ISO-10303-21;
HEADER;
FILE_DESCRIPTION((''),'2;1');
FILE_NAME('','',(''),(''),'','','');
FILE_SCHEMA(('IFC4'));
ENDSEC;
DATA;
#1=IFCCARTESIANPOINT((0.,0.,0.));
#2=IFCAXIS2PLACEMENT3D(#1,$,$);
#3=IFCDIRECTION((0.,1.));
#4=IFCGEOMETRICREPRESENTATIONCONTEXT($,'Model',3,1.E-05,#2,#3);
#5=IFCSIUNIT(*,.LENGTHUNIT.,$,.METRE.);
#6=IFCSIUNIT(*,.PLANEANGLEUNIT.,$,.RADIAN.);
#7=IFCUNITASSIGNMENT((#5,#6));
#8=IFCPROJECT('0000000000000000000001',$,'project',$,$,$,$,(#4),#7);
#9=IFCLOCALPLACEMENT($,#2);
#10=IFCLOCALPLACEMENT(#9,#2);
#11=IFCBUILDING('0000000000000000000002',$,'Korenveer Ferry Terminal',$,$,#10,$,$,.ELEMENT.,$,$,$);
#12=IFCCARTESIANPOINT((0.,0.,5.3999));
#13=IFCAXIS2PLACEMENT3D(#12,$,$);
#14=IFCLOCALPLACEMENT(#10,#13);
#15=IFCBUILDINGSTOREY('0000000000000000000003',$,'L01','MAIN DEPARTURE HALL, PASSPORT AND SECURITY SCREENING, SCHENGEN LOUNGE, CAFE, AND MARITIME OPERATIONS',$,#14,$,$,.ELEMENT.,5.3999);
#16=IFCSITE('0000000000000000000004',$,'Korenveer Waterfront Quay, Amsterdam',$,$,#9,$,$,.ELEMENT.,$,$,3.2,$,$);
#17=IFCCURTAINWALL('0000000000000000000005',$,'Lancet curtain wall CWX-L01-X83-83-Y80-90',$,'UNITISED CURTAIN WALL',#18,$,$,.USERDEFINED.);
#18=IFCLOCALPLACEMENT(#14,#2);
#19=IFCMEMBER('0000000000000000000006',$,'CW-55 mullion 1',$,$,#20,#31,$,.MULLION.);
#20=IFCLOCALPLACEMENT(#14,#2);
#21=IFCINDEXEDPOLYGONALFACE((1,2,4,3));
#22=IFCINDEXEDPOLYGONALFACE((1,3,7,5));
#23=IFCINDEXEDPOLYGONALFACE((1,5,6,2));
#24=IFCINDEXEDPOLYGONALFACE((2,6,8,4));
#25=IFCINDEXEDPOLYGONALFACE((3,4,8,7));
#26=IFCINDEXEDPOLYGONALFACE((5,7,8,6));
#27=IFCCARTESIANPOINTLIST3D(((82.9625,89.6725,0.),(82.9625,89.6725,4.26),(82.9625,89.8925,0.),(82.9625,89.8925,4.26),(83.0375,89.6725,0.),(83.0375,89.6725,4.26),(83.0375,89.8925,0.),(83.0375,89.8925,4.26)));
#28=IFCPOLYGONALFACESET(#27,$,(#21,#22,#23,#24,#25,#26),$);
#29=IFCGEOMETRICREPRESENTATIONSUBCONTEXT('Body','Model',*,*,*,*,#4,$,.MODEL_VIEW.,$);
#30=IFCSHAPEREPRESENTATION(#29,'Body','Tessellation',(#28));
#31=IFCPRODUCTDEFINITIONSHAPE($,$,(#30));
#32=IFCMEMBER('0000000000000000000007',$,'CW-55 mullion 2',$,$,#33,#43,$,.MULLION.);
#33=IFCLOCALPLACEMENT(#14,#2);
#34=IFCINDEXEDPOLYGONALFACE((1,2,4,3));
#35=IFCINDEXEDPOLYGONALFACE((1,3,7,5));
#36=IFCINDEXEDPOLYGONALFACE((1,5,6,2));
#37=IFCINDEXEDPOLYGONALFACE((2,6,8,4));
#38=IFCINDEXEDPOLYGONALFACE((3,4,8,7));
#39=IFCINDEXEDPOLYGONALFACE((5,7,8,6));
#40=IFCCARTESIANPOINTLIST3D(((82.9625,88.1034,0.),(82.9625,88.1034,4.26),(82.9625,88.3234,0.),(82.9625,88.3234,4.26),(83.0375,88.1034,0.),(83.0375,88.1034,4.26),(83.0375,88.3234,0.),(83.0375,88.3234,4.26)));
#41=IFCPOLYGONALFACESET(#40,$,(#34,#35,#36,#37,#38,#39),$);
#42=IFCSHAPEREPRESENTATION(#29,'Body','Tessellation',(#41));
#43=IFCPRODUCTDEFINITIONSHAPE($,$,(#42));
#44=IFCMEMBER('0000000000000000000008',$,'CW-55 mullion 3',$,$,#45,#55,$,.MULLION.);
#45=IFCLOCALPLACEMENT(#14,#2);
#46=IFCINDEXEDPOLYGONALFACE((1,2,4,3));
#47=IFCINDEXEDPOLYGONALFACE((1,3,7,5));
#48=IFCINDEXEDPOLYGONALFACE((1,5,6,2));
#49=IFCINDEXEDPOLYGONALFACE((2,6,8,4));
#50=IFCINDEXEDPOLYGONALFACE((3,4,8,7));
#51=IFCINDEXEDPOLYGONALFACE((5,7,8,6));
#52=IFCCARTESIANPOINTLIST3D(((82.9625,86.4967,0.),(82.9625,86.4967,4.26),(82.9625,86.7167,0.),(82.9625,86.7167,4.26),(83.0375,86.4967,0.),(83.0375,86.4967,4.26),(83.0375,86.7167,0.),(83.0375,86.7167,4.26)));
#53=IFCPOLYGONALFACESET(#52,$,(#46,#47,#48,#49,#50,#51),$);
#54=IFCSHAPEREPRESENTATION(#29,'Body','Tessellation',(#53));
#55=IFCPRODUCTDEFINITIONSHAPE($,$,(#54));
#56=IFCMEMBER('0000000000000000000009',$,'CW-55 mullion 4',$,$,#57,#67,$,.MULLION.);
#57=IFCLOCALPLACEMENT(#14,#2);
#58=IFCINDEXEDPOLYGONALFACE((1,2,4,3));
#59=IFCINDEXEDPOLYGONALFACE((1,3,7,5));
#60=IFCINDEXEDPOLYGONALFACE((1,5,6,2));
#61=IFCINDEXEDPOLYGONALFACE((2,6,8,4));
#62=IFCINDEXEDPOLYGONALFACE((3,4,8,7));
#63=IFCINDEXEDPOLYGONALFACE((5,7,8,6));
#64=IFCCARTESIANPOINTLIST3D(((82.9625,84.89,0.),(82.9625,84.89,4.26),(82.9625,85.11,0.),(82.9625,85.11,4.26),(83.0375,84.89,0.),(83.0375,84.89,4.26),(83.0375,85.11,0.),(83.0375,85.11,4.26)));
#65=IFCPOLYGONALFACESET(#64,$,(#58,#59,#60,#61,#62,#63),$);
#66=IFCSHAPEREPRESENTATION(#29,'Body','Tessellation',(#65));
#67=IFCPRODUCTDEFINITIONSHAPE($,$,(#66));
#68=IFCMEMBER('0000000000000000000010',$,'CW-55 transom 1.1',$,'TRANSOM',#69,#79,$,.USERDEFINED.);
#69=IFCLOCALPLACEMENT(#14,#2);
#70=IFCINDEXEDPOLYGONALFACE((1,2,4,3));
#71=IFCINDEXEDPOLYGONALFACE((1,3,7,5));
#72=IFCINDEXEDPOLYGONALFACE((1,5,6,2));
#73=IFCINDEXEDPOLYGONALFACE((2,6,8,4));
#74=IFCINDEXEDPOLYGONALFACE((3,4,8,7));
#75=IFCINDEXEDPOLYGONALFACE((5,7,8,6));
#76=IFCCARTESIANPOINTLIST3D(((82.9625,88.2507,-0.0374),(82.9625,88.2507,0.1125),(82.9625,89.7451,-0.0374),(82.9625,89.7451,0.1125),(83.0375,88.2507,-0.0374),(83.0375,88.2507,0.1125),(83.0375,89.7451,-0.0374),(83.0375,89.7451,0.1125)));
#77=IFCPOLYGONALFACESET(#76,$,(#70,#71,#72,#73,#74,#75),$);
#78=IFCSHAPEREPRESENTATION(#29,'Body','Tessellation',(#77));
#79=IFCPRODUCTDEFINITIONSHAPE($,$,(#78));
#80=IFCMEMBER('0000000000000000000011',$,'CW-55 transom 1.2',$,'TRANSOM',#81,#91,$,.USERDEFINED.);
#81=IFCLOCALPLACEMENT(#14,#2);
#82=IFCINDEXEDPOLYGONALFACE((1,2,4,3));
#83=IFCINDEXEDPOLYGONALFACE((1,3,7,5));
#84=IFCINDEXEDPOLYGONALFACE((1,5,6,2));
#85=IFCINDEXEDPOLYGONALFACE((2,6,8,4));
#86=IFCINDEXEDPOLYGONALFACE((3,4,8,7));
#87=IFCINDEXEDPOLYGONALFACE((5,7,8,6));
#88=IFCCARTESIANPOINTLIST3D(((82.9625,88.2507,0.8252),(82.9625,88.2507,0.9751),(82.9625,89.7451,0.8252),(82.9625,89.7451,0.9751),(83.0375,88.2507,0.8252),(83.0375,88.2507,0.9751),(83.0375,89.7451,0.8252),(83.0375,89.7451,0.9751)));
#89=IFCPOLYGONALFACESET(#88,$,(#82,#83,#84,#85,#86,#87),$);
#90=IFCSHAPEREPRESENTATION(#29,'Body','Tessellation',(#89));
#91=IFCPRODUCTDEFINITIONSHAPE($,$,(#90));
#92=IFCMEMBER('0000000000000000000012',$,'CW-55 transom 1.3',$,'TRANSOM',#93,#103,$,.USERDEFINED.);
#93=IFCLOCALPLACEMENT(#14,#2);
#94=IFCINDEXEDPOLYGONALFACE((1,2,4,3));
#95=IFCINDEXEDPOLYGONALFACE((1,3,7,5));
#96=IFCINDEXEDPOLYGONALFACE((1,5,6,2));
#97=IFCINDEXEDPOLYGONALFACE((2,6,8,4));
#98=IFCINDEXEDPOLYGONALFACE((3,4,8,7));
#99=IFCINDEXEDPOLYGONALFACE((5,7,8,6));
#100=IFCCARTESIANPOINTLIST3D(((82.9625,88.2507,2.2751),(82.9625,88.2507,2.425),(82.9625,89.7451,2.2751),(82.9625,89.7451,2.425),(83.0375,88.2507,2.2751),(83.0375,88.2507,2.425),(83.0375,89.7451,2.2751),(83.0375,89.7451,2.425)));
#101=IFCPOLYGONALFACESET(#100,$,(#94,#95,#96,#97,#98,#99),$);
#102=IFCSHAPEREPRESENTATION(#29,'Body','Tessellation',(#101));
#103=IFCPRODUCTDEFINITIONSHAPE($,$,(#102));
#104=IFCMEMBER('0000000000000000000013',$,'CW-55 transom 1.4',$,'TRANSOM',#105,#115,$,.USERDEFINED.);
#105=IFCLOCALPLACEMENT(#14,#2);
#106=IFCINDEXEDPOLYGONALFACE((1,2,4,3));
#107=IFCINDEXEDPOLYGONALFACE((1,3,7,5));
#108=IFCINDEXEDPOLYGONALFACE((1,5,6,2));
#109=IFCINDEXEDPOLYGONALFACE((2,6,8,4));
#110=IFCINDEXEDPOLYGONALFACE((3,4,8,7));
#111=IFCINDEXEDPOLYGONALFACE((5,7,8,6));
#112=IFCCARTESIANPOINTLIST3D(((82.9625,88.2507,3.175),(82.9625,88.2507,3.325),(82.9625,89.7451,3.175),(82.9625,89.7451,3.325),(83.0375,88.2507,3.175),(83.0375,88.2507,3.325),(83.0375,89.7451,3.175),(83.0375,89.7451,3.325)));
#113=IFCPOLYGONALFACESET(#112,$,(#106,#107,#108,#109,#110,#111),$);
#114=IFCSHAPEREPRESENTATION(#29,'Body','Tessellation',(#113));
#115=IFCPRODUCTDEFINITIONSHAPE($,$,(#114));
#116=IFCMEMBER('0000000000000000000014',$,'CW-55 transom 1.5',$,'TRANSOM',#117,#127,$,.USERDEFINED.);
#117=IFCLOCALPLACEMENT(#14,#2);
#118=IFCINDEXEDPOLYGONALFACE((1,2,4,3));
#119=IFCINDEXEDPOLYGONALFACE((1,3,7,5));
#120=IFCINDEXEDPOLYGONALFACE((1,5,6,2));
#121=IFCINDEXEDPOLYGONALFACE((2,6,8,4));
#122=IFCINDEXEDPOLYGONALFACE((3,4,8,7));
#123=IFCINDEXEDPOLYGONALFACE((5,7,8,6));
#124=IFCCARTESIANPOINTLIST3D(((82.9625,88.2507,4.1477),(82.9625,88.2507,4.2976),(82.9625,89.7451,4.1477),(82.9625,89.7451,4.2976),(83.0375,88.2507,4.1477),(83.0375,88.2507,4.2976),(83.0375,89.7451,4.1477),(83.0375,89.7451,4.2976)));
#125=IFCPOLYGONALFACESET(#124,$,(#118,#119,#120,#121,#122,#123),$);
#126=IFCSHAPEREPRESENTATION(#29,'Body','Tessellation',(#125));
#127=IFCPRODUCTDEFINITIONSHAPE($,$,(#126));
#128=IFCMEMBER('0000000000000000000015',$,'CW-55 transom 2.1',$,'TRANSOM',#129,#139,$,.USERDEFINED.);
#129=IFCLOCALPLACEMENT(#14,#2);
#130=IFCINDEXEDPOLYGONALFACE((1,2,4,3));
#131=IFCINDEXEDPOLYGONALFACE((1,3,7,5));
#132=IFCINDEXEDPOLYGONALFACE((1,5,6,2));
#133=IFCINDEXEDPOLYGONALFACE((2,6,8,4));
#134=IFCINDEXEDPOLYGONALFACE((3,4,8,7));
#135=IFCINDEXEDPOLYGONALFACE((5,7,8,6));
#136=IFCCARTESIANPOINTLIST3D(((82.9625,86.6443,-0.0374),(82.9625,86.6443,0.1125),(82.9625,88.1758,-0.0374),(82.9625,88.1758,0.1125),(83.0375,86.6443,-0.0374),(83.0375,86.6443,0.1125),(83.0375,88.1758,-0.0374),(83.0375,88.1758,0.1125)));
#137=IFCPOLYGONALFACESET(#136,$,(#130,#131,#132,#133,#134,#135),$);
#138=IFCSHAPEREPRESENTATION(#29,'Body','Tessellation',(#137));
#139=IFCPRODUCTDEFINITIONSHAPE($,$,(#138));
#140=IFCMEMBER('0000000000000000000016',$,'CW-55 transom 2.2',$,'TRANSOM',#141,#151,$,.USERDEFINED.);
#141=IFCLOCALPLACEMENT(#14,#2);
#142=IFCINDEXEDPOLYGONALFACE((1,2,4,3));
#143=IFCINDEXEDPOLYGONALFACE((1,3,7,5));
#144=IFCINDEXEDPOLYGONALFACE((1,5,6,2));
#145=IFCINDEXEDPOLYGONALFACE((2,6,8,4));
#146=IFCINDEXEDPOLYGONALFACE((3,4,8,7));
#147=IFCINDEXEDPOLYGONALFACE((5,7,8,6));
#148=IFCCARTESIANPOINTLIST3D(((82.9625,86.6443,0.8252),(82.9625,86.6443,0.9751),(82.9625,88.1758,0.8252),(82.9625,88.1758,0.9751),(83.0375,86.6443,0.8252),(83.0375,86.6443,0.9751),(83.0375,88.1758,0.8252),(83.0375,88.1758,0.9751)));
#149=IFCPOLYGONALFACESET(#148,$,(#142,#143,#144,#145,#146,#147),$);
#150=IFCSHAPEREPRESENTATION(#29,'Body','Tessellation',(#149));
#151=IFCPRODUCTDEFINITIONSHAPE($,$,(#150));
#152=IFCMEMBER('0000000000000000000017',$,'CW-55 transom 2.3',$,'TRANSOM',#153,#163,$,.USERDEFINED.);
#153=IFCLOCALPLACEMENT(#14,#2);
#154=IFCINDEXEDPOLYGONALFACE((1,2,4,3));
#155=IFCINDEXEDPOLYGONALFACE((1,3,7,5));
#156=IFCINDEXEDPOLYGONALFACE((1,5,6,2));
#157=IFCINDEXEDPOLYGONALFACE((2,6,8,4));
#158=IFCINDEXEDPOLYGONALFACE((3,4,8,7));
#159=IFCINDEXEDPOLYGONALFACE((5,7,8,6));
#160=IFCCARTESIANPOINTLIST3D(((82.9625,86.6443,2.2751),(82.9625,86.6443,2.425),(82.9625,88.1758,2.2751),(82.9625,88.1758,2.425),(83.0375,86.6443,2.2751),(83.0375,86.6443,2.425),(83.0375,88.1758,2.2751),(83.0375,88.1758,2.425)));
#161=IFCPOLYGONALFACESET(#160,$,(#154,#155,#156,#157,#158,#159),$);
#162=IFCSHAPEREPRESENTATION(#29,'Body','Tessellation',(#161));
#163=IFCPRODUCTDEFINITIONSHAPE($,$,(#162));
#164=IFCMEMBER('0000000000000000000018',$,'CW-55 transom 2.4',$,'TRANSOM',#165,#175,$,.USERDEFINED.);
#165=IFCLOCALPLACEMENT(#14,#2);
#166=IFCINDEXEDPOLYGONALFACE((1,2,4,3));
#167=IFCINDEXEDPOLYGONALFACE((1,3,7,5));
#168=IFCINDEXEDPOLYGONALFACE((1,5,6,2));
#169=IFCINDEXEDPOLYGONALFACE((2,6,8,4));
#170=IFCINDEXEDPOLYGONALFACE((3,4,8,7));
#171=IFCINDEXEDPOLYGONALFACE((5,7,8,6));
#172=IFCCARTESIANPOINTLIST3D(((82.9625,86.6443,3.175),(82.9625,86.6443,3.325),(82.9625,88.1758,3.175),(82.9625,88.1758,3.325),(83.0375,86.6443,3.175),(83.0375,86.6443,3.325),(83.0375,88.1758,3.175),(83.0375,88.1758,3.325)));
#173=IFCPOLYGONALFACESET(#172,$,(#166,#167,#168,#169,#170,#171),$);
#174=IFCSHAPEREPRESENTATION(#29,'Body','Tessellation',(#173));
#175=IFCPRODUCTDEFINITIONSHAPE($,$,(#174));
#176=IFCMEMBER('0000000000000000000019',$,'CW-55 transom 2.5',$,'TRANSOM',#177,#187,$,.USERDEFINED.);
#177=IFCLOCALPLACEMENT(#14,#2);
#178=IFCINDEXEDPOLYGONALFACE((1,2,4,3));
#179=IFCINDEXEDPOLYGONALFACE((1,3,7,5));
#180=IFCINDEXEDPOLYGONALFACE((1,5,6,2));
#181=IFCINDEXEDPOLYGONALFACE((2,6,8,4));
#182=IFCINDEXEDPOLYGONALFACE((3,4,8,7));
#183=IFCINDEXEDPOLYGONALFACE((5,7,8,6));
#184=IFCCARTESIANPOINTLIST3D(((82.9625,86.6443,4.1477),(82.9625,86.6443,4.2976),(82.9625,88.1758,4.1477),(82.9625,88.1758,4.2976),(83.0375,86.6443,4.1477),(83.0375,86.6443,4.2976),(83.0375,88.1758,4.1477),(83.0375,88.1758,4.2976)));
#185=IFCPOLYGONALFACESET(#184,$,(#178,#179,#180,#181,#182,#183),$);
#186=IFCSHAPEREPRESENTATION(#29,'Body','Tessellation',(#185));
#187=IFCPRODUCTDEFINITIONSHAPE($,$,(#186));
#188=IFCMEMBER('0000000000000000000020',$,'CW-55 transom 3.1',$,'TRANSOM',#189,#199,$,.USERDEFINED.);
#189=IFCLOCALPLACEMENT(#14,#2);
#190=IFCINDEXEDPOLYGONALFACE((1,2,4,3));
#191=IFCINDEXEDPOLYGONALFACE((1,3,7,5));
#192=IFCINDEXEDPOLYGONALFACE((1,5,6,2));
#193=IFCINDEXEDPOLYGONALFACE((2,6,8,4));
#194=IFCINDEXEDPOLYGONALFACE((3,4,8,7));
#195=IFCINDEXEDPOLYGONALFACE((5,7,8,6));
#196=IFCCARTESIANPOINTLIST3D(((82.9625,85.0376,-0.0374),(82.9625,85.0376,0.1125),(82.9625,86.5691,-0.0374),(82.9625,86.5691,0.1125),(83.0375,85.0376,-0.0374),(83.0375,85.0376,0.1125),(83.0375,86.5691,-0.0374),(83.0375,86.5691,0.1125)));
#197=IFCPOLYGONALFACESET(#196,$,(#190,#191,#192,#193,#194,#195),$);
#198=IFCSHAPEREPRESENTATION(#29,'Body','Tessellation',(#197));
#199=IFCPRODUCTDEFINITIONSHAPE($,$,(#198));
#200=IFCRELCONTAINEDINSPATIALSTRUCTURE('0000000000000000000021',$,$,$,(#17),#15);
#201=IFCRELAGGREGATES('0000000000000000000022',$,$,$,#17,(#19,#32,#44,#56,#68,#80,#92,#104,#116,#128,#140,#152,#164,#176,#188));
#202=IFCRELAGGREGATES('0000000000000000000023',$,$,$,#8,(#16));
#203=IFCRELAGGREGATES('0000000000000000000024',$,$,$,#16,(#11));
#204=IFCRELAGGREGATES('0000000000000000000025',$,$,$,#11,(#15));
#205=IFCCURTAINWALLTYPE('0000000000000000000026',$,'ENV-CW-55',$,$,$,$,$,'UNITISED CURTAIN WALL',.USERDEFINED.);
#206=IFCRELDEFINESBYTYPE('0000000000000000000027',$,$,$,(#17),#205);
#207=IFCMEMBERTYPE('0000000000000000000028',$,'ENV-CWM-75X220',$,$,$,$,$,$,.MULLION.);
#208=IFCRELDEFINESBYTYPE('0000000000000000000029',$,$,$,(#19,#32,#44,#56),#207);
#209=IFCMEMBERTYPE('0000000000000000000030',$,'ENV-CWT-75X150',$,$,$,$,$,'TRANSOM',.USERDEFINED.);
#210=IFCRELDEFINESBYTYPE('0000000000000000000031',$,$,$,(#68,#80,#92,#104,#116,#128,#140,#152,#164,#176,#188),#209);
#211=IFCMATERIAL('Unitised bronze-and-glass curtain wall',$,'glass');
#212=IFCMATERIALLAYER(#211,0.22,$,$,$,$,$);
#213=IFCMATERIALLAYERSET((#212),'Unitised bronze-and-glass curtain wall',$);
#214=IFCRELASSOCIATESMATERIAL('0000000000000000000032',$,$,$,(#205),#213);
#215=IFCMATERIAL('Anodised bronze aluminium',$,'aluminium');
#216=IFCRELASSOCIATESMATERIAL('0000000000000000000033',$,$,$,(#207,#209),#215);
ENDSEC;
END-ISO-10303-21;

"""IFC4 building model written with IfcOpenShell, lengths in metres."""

from ifc_helpers import new_model, si_unit, direction, frame, origin, origin_2d, place, context, subcontext, project, spatial, rectangle, extrude, material, layer, layer_set, material_profile, profile_set, type_object, element, aggregate, save


model = new_model("IFC4")

# Units and contexts
model_context = context("Model", 3, precision=1e-05, world=origin(), true_north=direction((0.0, 1.0)))
body_context = subcontext(model_context, "Body", "Model", "MODEL_VIEW")
ifc_project = project(units=[si_unit("LENGTHUNIT", "METRE"), si_unit("PLANEANGLEUNIT", "RADIAN")], contexts=[model_context])

# Site, building, storey
site_placement = place(None, origin())
site = spatial("IfcSite", under=ifc_project, at=site_placement, Name="Korenveer Waterfront Quay, Amsterdam", CompositionType="ELEMENT", RefElevation=3.2)
building_placement = place(site_placement, origin())
building = spatial("IfcBuilding", under=site, at=building_placement, Name="Korenveer Ferry Terminal", CompositionType="ELEMENT")
storey_placement = place(building_placement, frame((0.0, 0.0, 5.3999)))
storey = spatial("IfcBuildingStorey", under=building, at=storey_placement, Name="L01", Description="MAIN DEPARTURE HALL, PASSPORT AND SECURITY SCREENING, SCHENGEN LOUNGE, CAFE, AND MARITIME OPERATIONS", CompositionType="ELEMENT", Elevation=5.3999)

# Curtain wall, members
ifc_material_1 = material(Name="Unitised bronze-and-glass curtain wall", Category="glass")
ifc_layer_1 = layer(ifc_material_1, 0.22)
ifc_layer_set_1 = layer_set([ifc_layer_1], Name="Unitised bronze-and-glass curtain wall")
curtain_wall_type = type_object("IfcCurtainWallType", Name="ENV-CW-55", ElementType="UNITISED CURTAIN WALL", PredefinedType="USERDEFINED", material=ifc_layer_set_1)
curtain_wall_placement = place(storey_placement, frame((83.0, 89.8201, 0.0)))
curtain_wall = element("IfcCurtainWall", 1, at=curtain_wall_placement, inside=storey, type_object=curtain_wall_type, Name="Lancet curtain wall CWX-L01-X83-83-Y80-90", ObjectType="UNITISED CURTAIN WALL", PredefinedType="USERDEFINED")
ifc_material_2 = material(Name="Anodised bronze aluminium", Category="aluminium")
ifc_material_profile_1 = material_profile(ifc_material_2, rectangle(XDim=0.075, YDim=0.22, at=origin_2d()), Name="ALU 75x220")
ifc_profile_set_1 = profile_set([ifc_material_profile_1], Name="Anodised bronze aluminium")
member_type_1 = type_object("IfcMemberType", Name="ENV-CWM-75X220", PredefinedType="MULLION", material=ifc_profile_set_1)
member_1_placement = place(storey_placement, frame((83.0, 89.7825, 0.0), z_axis=(0.0, 0.0, 1.0), x_axis=(1.0, 0.0, 0.0)))
member_1 = element("IfcMember", 2, at=member_1_placement, type_object=member_type_1, Name="CW-55 mullion 1", PredefinedType="MULLION", context=body_context, shape_type="SweptSolid", body=[
    extrude(rectangle(XDim=0.075, YDim=0.22, at=origin_2d()), origin(), (0.0, 0.0, 1.0), 4.26),
])
member_2_placement = place(storey_placement, frame((83.0, 88.2134, 0.0), z_axis=(0.0, 0.0, 1.0), x_axis=(1.0, 0.0, 0.0)))
member_2 = element("IfcMember", 3, at=member_2_placement, type_object=member_type_1, Name="CW-55 mullion 2", PredefinedType="MULLION", context=body_context, shape_type="SweptSolid", body=[
    extrude(rectangle(XDim=0.075, YDim=0.22, at=origin_2d()), origin(), (0.0, 0.0, 1.0), 4.26),
])
member_3_placement = place(storey_placement, frame((83.0, 86.6067, 0.0), z_axis=(0.0, 0.0, 1.0), x_axis=(1.0, 0.0, 0.0)))
member_3 = element("IfcMember", 4, at=member_3_placement, type_object=member_type_1, Name="CW-55 mullion 3", PredefinedType="MULLION", context=body_context, shape_type="SweptSolid", body=[
    extrude(rectangle(XDim=0.075, YDim=0.22, at=origin_2d()), origin(), (0.0, 0.0, 1.0), 4.26),
])
member_4_placement = place(storey_placement, frame((83.0, 85.0, 0.0), z_axis=(0.0, 0.0, 1.0), x_axis=(1.0, 0.0, 0.0)))
member_4 = element("IfcMember", 5, at=member_4_placement, type_object=member_type_1, Name="CW-55 mullion 4", PredefinedType="MULLION", context=body_context, shape_type="SweptSolid", body=[
    extrude(rectangle(XDim=0.075, YDim=0.22, at=origin_2d()), origin(), (0.0, 0.0, 1.0), 4.26),
])
ifc_material_profile_2 = material_profile(ifc_material_2, rectangle(XDim=0.075, YDim=0.1499, at=origin_2d()), Name="ALU 75x150")
ifc_profile_set_2 = profile_set([ifc_material_profile_2], Name="Anodised bronze aluminium")
member_type_2 = type_object("IfcMemberType", Name="ENV-CWT-75X150", ElementType="TRANSOM", PredefinedType="USERDEFINED", material=ifc_profile_set_2)
member_5_placement = place(storey_placement, frame((83.0, 89.7451, 0.0376), z_axis=(0.0, -1.0, 0.0), x_axis=(1.0, 0.0, 0.0)))
member_5 = element("IfcMember", 6, at=member_5_placement, type_object=member_type_2, Name="CW-55 transom 1.1", ObjectType="TRANSOM", PredefinedType="USERDEFINED", context=body_context, shape_type="SweptSolid", body=[
    extrude(rectangle(XDim=0.075, YDim=0.1499, at=origin_2d()), origin(), (0.0, 0.0, 1.0), 1.4944),
])
member_6_placement = place(storey_placement, frame((83.0, 89.7451, 0.9001), z_axis=(0.0, -1.0, 0.0), x_axis=(1.0, 0.0, 0.0)))
member_6 = element("IfcMember", 7, at=member_6_placement, type_object=member_type_2, Name="CW-55 transom 1.2", ObjectType="TRANSOM", PredefinedType="USERDEFINED", context=body_context, shape_type="SweptSolid", body=[
    extrude(rectangle(XDim=0.075, YDim=0.1499, at=origin_2d()), origin(), (0.0, 0.0, 1.0), 1.4944),
])
member_7_placement = place(storey_placement, frame((83.0, 89.7451, 2.3501), z_axis=(0.0, -1.0, 0.0), x_axis=(1.0, 0.0, 0.0)))
member_7 = element("IfcMember", 8, at=member_7_placement, type_object=member_type_2, Name="CW-55 transom 1.3", ObjectType="TRANSOM", PredefinedType="USERDEFINED", context=body_context, shape_type="SweptSolid", body=[
    extrude(rectangle(XDim=0.075, YDim=0.1499, at=origin_2d()), origin(), (0.0, 0.0, 1.0), 1.4944),
])
member_8_placement = place(storey_placement, frame((83.0, 89.7451, 3.25), z_axis=(0.0, -1.0, 0.0), x_axis=(1.0, 0.0, 0.0)))
member_8 = element("IfcMember", 9, at=member_8_placement, type_object=member_type_2, Name="CW-55 transom 1.4", ObjectType="TRANSOM", PredefinedType="USERDEFINED", context=body_context, shape_type="SweptSolid", body=[
    extrude(rectangle(XDim=0.075, YDim=0.1499, at=origin_2d()), origin(), (0.0, 0.0, 1.0), 1.4944),
])
member_9_placement = place(storey_placement, frame((83.0, 89.7451, 4.2227), z_axis=(0.0, -1.0, 0.0), x_axis=(1.0, 0.0, 0.0)))
member_9 = element("IfcMember", 10, at=member_9_placement, type_object=member_type_2, Name="CW-55 transom 1.5", ObjectType="TRANSOM", PredefinedType="USERDEFINED", context=body_context, shape_type="SweptSolid", body=[
    extrude(rectangle(XDim=0.075, YDim=0.1499, at=origin_2d()), origin(), (0.0, 0.0, 1.0), 1.4944),
])
member_10_placement = place(storey_placement, frame((83.0, 88.1758, 0.0376), z_axis=(0.0, -1.0, 0.0), x_axis=(1.0, 0.0, 0.0)))
member_10 = element("IfcMember", 11, at=member_10_placement, type_object=member_type_2, Name="CW-55 transom 2.1", ObjectType="TRANSOM", PredefinedType="USERDEFINED", context=body_context, shape_type="SweptSolid", body=[
    extrude(rectangle(XDim=0.075, YDim=0.1499, at=origin_2d()), origin(), (0.0, 0.0, 1.0), 1.5315),
])
member_11_placement = place(storey_placement, frame((83.0, 88.1758, 0.9001), z_axis=(0.0, -1.0, 0.0), x_axis=(1.0, 0.0, 0.0)))
member_11 = element("IfcMember", 12, at=member_11_placement, type_object=member_type_2, Name="CW-55 transom 2.2", ObjectType="TRANSOM", PredefinedType="USERDEFINED", context=body_context, shape_type="SweptSolid", body=[
    extrude(rectangle(XDim=0.075, YDim=0.1499, at=origin_2d()), origin(), (0.0, 0.0, 1.0), 1.5315),
])
member_12_placement = place(storey_placement, frame((83.0, 88.1758, 2.3501), z_axis=(0.0, -1.0, 0.0), x_axis=(1.0, 0.0, 0.0)))
member_12 = element("IfcMember", 13, at=member_12_placement, type_object=member_type_2, Name="CW-55 transom 2.3", ObjectType="TRANSOM", PredefinedType="USERDEFINED", context=body_context, shape_type="SweptSolid", body=[
    extrude(rectangle(XDim=0.075, YDim=0.1499, at=origin_2d()), origin(), (0.0, 0.0, 1.0), 1.5315),
])
member_13_placement = place(storey_placement, frame((83.0, 88.1758, 3.25), z_axis=(0.0, -1.0, 0.0), x_axis=(1.0, 0.0, 0.0)))
member_13 = element("IfcMember", 14, at=member_13_placement, type_object=member_type_2, Name="CW-55 transom 2.4", ObjectType="TRANSOM", PredefinedType="USERDEFINED", context=body_context, shape_type="SweptSolid", body=[
    extrude(rectangle(XDim=0.075, YDim=0.1499, at=origin_2d()), origin(), (0.0, 0.0, 1.0), 1.5315),
])
member_14_placement = place(storey_placement, frame((83.0, 88.1758, 4.2227), z_axis=(0.0, -1.0, 0.0), x_axis=(1.0, 0.0, 0.0)))
member_14 = element("IfcMember", 15, at=member_14_placement, type_object=member_type_2, Name="CW-55 transom 2.5", ObjectType="TRANSOM", PredefinedType="USERDEFINED", context=body_context, shape_type="SweptSolid", body=[
    extrude(rectangle(XDim=0.075, YDim=0.1499, at=origin_2d()), origin(), (0.0, 0.0, 1.0), 1.5315),
])
member_15_placement = place(storey_placement, frame((83.0, 86.5691, 0.0376), z_axis=(0.0, -1.0, 0.0), x_axis=(1.0, 0.0, 0.0)))
member_15 = element("IfcMember", 16, at=member_15_placement, type_object=member_type_2, Name="CW-55 transom 3.1", ObjectType="TRANSOM", PredefinedType="USERDEFINED", context=body_context, shape_type="SweptSolid", body=[
    extrude(rectangle(XDim=0.075, YDim=0.1499, at=origin_2d()), origin(), (0.0, 0.0, 1.0), 1.5315),
])
aggregate(curtain_wall, [member_1, member_2, member_3, member_4, member_5, member_6, member_7, member_8, member_9, member_10, member_11, member_12, member_13, member_14, member_15])

save(model, "model.ifc")
